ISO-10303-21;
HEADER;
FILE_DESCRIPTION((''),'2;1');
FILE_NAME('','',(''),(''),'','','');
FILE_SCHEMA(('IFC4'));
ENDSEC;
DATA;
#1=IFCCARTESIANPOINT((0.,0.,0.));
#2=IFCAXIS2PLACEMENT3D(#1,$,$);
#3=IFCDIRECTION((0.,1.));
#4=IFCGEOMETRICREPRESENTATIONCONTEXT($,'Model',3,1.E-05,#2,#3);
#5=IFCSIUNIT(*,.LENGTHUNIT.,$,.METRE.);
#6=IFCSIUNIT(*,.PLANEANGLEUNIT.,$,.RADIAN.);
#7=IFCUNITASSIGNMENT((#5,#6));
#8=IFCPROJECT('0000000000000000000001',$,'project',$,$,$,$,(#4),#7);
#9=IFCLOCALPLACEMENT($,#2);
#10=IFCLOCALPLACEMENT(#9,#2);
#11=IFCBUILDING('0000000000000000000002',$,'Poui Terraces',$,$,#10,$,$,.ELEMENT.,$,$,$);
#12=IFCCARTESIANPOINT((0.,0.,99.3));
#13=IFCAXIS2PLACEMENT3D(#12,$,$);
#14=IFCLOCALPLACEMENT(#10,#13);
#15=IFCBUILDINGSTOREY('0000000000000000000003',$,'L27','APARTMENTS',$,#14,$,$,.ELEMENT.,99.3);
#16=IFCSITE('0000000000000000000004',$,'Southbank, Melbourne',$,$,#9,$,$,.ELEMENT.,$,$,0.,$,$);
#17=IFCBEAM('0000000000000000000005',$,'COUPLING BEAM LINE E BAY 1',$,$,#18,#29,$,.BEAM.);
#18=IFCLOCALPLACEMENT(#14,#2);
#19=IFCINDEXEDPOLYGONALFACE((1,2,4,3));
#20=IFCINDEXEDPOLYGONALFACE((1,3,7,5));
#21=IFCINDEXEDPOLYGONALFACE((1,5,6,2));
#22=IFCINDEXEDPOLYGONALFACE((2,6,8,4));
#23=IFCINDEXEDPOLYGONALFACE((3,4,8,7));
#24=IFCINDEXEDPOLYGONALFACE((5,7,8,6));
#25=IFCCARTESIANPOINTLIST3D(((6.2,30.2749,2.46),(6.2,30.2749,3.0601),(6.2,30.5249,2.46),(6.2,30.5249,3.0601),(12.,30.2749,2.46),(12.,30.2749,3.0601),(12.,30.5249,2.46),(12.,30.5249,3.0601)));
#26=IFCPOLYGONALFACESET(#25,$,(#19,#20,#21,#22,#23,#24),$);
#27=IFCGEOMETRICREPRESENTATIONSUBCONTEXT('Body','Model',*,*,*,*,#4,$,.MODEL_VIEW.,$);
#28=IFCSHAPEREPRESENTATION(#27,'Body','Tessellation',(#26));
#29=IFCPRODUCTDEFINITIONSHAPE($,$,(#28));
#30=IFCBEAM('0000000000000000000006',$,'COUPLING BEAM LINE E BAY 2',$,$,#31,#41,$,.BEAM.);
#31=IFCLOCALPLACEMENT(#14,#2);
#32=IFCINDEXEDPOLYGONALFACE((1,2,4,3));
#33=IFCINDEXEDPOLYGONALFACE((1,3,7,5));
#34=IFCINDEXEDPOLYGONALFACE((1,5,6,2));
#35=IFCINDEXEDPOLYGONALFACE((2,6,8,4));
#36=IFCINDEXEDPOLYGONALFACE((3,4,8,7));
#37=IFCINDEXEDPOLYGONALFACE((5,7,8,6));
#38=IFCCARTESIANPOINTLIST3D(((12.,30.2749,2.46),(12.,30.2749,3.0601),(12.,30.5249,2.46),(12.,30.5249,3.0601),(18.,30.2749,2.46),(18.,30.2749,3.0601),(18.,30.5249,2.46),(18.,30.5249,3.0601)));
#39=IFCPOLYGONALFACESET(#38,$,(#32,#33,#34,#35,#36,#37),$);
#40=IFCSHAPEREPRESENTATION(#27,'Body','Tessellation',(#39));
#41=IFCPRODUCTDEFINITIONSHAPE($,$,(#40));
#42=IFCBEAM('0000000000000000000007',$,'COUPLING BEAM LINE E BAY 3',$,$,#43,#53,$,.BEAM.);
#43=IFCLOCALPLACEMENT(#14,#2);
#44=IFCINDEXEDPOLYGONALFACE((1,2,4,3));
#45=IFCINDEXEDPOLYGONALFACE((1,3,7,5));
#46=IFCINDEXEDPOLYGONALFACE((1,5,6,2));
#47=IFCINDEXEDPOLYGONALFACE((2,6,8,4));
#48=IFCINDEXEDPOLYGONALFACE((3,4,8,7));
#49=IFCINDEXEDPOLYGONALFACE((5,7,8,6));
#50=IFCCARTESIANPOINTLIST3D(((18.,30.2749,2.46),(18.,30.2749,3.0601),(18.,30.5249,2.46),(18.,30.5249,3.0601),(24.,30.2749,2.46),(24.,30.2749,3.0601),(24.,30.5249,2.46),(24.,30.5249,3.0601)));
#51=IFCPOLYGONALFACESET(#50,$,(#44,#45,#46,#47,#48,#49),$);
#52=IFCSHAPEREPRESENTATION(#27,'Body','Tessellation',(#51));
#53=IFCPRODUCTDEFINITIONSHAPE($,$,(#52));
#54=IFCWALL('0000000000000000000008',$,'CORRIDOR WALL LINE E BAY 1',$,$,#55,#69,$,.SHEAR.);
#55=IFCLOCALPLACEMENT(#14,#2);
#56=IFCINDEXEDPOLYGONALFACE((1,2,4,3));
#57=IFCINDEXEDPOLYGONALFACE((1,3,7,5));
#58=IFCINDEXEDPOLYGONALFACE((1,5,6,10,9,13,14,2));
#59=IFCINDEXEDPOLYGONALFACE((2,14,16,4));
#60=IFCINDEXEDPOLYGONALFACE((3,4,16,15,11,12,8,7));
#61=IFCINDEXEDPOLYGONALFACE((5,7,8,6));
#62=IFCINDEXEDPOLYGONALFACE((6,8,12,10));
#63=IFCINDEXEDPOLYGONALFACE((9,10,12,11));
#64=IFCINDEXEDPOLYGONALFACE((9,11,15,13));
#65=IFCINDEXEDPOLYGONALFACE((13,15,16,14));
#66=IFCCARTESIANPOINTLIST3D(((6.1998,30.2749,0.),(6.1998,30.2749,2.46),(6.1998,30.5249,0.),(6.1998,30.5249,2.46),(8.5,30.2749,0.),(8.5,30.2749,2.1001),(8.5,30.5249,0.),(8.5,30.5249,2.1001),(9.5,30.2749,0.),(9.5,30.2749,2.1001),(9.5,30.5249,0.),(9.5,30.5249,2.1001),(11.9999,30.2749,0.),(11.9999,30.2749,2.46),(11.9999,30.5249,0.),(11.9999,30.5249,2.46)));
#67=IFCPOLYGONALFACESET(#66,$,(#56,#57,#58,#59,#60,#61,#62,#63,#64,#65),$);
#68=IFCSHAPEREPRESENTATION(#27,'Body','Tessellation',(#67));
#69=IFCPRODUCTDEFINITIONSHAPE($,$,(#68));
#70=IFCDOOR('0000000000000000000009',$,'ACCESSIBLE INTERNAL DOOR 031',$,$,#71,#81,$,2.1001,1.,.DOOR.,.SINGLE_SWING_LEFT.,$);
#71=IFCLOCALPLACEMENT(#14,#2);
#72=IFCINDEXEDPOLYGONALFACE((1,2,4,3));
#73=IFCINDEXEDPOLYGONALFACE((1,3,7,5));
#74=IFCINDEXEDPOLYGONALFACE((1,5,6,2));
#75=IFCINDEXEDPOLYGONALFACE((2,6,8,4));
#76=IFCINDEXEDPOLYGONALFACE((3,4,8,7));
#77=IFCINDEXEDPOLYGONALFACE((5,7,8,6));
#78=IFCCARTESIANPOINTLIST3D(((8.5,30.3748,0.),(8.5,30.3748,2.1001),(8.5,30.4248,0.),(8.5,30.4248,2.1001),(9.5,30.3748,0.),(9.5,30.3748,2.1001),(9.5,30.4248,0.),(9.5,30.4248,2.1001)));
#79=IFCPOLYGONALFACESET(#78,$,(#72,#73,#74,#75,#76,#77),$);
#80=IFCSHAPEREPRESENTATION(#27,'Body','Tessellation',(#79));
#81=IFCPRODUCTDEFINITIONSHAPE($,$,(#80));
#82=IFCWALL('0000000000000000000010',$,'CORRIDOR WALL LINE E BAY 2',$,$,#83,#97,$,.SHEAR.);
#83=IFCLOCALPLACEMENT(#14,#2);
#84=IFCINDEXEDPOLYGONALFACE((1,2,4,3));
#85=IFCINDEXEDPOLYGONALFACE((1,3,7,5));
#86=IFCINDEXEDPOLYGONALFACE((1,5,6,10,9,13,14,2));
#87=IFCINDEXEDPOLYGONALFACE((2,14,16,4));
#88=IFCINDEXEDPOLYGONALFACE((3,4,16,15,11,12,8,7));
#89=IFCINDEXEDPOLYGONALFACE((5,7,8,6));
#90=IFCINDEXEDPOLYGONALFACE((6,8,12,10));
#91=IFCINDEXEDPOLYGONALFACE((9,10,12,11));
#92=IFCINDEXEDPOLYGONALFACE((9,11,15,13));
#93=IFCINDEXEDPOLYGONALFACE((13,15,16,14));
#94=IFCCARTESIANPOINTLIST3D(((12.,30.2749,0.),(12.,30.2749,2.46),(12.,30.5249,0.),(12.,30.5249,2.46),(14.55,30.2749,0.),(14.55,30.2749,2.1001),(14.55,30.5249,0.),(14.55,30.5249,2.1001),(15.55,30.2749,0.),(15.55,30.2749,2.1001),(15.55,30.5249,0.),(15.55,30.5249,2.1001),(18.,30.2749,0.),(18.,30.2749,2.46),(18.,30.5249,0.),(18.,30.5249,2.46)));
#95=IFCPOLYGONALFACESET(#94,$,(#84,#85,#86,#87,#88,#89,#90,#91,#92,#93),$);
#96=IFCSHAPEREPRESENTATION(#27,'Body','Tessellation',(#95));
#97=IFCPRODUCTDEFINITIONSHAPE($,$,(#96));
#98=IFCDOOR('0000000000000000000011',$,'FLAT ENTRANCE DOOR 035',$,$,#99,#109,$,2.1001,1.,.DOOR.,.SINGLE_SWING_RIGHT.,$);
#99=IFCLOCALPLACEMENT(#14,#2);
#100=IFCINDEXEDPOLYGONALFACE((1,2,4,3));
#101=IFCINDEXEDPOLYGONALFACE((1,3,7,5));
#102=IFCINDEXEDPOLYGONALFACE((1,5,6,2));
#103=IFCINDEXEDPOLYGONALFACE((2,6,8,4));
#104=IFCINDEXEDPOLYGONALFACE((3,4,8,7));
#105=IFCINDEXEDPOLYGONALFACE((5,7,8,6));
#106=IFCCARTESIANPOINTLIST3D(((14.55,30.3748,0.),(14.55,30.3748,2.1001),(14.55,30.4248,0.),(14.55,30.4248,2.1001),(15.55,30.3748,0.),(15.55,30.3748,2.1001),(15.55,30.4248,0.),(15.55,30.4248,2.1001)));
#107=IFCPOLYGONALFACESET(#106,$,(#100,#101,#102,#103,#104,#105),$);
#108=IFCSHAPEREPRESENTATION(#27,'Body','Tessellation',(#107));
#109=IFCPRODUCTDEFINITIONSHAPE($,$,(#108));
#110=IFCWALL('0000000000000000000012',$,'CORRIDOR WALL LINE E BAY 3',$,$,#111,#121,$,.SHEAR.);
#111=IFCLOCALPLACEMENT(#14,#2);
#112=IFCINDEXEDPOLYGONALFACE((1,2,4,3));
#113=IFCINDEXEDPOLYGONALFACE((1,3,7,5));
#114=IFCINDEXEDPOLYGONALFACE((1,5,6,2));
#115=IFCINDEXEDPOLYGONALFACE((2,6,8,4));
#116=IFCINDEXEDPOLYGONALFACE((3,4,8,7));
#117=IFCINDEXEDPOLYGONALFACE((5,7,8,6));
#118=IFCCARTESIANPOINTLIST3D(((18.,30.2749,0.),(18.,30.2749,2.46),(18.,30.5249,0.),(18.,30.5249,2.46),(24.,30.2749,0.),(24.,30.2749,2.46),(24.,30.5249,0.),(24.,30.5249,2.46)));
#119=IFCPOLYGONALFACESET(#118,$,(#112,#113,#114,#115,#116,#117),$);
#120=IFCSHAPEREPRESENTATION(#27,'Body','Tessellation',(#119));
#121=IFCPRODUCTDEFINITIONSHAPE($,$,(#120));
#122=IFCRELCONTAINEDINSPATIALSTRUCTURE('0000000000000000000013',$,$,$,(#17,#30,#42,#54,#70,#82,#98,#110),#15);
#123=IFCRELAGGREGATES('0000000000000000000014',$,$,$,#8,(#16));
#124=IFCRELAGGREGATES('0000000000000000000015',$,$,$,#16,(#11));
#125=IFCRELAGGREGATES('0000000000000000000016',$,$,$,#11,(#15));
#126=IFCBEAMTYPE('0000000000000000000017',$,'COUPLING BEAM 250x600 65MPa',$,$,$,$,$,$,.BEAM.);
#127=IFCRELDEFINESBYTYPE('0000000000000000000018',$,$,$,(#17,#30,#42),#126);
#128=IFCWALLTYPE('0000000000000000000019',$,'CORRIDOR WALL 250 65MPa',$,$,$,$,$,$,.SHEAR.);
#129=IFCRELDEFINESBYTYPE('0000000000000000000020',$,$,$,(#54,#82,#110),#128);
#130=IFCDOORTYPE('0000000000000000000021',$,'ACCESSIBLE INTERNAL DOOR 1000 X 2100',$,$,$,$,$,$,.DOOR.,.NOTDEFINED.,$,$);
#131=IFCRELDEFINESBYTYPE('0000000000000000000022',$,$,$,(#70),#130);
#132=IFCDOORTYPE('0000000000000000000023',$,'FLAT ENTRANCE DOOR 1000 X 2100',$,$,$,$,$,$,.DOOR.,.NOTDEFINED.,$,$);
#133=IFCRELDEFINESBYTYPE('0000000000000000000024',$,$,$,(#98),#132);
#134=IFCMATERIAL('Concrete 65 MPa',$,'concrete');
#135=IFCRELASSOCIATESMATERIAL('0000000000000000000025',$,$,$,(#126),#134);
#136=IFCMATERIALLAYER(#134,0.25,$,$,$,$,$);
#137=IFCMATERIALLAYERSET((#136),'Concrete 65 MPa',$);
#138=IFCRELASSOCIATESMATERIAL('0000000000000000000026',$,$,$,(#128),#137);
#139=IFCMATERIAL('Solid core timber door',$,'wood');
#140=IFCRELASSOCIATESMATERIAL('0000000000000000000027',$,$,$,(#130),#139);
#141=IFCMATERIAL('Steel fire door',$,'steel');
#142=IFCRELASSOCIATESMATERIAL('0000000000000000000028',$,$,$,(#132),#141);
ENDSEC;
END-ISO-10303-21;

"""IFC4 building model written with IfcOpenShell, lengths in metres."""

from ifc_helpers import new_model, si_unit, direction, frame, frame_2d, origin, origin_2d, place, context, subcontext, project, spatial, rectangle, extrude, source, transform, mapped, material, layer, layer_set, material_profile, profile_set, type_object, element, fill, save


model = new_model("IFC4")

# Units and contexts
model_context = context("Model", 3, precision=1e-05, world=origin(), true_north=direction((0.0, 1.0)))
body_context = subcontext(model_context, "Body", "Model", "MODEL_VIEW")
ifc_project = project(units=[si_unit("LENGTHUNIT", "METRE"), si_unit("PLANEANGLEUNIT", "RADIAN")], contexts=[model_context])

# Site, building, storey
site_placement = place(None, origin())
site = spatial("IfcSite", under=ifc_project, at=site_placement, Name="Southbank, Melbourne", CompositionType="ELEMENT", RefElevation=0.0)
building_placement = place(site_placement, origin())
building = spatial("IfcBuilding", under=site, at=building_placement, Name="Poui Terraces", CompositionType="ELEMENT")
storey_placement = place(building_placement, frame((0.0, 0.0, 99.3)))
storey = spatial("IfcBuildingStorey", under=building, at=storey_placement, Name="L27", Description="APARTMENTS", CompositionType="ELEMENT", Elevation=99.3)

# Beams
ifc_material_1 = material(Name="Concrete 65 MPa", Category="concrete")
ifc_material_profile = material_profile(ifc_material_1, rectangle(XDim=0.25, YDim=0.6001, at=origin_2d()), Name="RC 250x600")
ifc_profile_set = profile_set([ifc_material_profile], Name="Concrete 65 MPa")
beam_type = type_object("IfcBeamType", Name="COUPLING BEAM 250x600 65MPa", PredefinedType="BEAM", material=ifc_profile_set)
shared_shape_1 = source(origin(), body_context, "Body", "SweptSolid", [
    extrude(rectangle(XDim=0.25, YDim=0.6001, at=origin_2d()), origin(), (0.0, 0.0, 1.0), 5.8),
])
beam_placement = place(storey_placement, frame((6.2, 30.3999, 2.76), z_axis=(1.0, 0.0, 0.0), x_axis=(0.0, 1.0, 0.0)))
element("IfcBeam", 1, at=beam_placement, inside=storey, type_object=beam_type, Name="COUPLING BEAM LINE E BAY 1", PredefinedType="BEAM", context=body_context, shape_type="MappedRepresentation", body=[
    mapped(shared_shape_1, transform((0.0, 0.0, 0.0))),
])
shared_shape_2 = source(origin(), body_context, "Body", "SweptSolid", [
    extrude(rectangle(XDim=0.25, YDim=0.6001, at=origin_2d()), origin(), (0.0, 0.0, 1.0), 6.0),
])
for number, where, z_axis, x_axis, name in (
    (2, (12.0, 30.3999, 2.76), (1.0, 0.0, 0.0), (0.0, 1.0, 0.0), "COUPLING BEAM LINE E BAY 2"),
    (3, (18.0, 30.3999, 2.76), (1.0, 0.0, 0.0), (0.0, 1.0, 0.0), "COUPLING BEAM LINE E BAY 3"),
):
    element("IfcBeam", number, at=place(storey_placement, frame(where, z_axis=z_axis, x_axis=x_axis)), inside=storey, type_object=beam_type, Name=name, PredefinedType="BEAM", context=body_context, shape_type="MappedRepresentation", body=[
        mapped(shared_shape_2, transform((0.0, 0.0, 0.0))),
    ])

# Walls, openings, doors
ifc_layer = layer(ifc_material_1, 0.25)
ifc_layer_set = layer_set([ifc_layer], Name="Concrete 65 MPa")
wall_type = type_object("IfcWallType", Name="CORRIDOR WALL 250 65MPa", PredefinedType="SHEAR", material=ifc_layer_set)
wall_1_placement = place(storey_placement, frame((6.2, 30.3999, 0.0), z_axis=(0.0, 0.0, 1.0), x_axis=(1.0, 0.0, 0.0)))
wall_1 = element("IfcWall", 4, at=wall_1_placement, inside=storey, type_object=wall_type, Name="CORRIDOR WALL LINE E BAY 1", PredefinedType="SHEAR", context=body_context, shape_type="SweptSolid", body=[
    extrude(rectangle(XDim=5.8, YDim=0.25, at=frame_2d((2.8999, 0.0))), origin(), (0.0, 0.0, 1.0), 2.46),
])
opening_1_placement = place(wall_1_placement, frame((2.3, 0.0, 0.0)))
opening_1 = element("IfcOpeningElement", 5, at=opening_1_placement, cuts=wall_1, PredefinedType="OPENING", context=body_context, shape_type="SweptSolid", body=[
    extrude(rectangle(XDim=1.0, YDim=2.1001, at=frame_2d((0.5, 1.05))), frame((0.0, 0.135, 0.0), z_axis=(0.0, -1.0, 0.0), x_axis=(1.0, 0.0, 0.0)), (0.0, 0.0, 1.0), 0.27),
])
ifc_material_2 = material(Name="Solid core timber door", Category="wood")
door_type_1 = type_object("IfcDoorType", Name="ACCESSIBLE INTERNAL DOOR 1000 X 2100", OperationType="NOTDEFINED", PredefinedType="DOOR", material=ifc_material_2)
door_1_placement = place(opening_1_placement, origin())
door_1 = element("IfcDoor", 6, at=door_1_placement, inside=storey, type_object=door_type_1, Name="ACCESSIBLE INTERNAL DOOR 031", OperationType="SINGLE_SWING_LEFT", OverallHeight=2.1001, OverallWidth=1.0, PredefinedType="DOOR", context=body_context, shape_type="SweptSolid", body=[
    extrude(rectangle(XDim=1.0, YDim=2.1001, at=frame_2d((0.5, 1.05))), frame((0.0, 0.0249, 0.0), z_axis=(0.0, -1.0, 0.0), x_axis=(1.0, 0.0, 0.0)), (0.0, 0.0, 1.0), 0.05),
])
fill(opening_1, door_1)
wall_2_placement = place(storey_placement, frame((12.0, 30.3999, 0.0), z_axis=(0.0, 0.0, 1.0), x_axis=(1.0, 0.0, 0.0)))
wall_2 = element("IfcWall", 7, at=wall_2_placement, inside=storey, type_object=wall_type, Name="CORRIDOR WALL LINE E BAY 2", PredefinedType="SHEAR", context=body_context, shape_type="SweptSolid", body=[
    extrude(rectangle(XDim=6.0, YDim=0.25, at=frame_2d((3.0, 0.0))), origin(), (0.0, 0.0, 1.0), 2.46),
])
opening_2_placement = place(wall_2_placement, frame((2.55, 0.0, 0.0)))
opening_2 = element("IfcOpeningElement", 8, at=opening_2_placement, cuts=wall_2, PredefinedType="OPENING", context=body_context, shape_type="SweptSolid", body=[
    extrude(rectangle(XDim=1.0, YDim=2.1001, at=frame_2d((0.5, 1.05))), frame((0.0, 0.135, 0.0), z_axis=(0.0, -1.0, 0.0), x_axis=(1.0, 0.0, 0.0)), (0.0, 0.0, 1.0), 0.27),
])
ifc_material_3 = material(Name="Steel fire door", Category="steel")
door_type_2 = type_object("IfcDoorType", Name="FLAT ENTRANCE DOOR 1000 X 2100", OperationType="NOTDEFINED", PredefinedType="DOOR", material=ifc_material_3)
door_2_placement = place(opening_2_placement, origin())
door_2 = element("IfcDoor", 9, at=door_2_placement, inside=storey, type_object=door_type_2, Name="FLAT ENTRANCE DOOR 035", OperationType="SINGLE_SWING_RIGHT", OverallHeight=2.1001, OverallWidth=1.0, PredefinedType="DOOR", context=body_context, shape_type="SweptSolid", body=[
    extrude(rectangle(XDim=1.0, YDim=2.1001, at=frame_2d((0.5, 1.05))), frame((0.0, 0.0249, 0.0), z_axis=(0.0, -1.0, 0.0), x_axis=(1.0, 0.0, 0.0)), (0.0, 0.0, 1.0), 0.05),
])
fill(opening_2, door_2)

# Wall
wall_3_placement = place(storey_placement, frame((18.0, 30.3999, 0.0), z_axis=(0.0, 0.0, 1.0), x_axis=(1.0, 0.0, 0.0)))
element("IfcWall", 10, at=wall_3_placement, inside=storey, type_object=wall_type, Name="CORRIDOR WALL LINE E BAY 3", PredefinedType="SHEAR", context=body_context, shape_type="SweptSolid", body=[
    extrude(rectangle(XDim=6.0, YDim=0.25, at=frame_2d((3.0, 0.0))), origin(), (0.0, 0.0, 1.0), 2.46),
])

save(model, "model.ifc")
